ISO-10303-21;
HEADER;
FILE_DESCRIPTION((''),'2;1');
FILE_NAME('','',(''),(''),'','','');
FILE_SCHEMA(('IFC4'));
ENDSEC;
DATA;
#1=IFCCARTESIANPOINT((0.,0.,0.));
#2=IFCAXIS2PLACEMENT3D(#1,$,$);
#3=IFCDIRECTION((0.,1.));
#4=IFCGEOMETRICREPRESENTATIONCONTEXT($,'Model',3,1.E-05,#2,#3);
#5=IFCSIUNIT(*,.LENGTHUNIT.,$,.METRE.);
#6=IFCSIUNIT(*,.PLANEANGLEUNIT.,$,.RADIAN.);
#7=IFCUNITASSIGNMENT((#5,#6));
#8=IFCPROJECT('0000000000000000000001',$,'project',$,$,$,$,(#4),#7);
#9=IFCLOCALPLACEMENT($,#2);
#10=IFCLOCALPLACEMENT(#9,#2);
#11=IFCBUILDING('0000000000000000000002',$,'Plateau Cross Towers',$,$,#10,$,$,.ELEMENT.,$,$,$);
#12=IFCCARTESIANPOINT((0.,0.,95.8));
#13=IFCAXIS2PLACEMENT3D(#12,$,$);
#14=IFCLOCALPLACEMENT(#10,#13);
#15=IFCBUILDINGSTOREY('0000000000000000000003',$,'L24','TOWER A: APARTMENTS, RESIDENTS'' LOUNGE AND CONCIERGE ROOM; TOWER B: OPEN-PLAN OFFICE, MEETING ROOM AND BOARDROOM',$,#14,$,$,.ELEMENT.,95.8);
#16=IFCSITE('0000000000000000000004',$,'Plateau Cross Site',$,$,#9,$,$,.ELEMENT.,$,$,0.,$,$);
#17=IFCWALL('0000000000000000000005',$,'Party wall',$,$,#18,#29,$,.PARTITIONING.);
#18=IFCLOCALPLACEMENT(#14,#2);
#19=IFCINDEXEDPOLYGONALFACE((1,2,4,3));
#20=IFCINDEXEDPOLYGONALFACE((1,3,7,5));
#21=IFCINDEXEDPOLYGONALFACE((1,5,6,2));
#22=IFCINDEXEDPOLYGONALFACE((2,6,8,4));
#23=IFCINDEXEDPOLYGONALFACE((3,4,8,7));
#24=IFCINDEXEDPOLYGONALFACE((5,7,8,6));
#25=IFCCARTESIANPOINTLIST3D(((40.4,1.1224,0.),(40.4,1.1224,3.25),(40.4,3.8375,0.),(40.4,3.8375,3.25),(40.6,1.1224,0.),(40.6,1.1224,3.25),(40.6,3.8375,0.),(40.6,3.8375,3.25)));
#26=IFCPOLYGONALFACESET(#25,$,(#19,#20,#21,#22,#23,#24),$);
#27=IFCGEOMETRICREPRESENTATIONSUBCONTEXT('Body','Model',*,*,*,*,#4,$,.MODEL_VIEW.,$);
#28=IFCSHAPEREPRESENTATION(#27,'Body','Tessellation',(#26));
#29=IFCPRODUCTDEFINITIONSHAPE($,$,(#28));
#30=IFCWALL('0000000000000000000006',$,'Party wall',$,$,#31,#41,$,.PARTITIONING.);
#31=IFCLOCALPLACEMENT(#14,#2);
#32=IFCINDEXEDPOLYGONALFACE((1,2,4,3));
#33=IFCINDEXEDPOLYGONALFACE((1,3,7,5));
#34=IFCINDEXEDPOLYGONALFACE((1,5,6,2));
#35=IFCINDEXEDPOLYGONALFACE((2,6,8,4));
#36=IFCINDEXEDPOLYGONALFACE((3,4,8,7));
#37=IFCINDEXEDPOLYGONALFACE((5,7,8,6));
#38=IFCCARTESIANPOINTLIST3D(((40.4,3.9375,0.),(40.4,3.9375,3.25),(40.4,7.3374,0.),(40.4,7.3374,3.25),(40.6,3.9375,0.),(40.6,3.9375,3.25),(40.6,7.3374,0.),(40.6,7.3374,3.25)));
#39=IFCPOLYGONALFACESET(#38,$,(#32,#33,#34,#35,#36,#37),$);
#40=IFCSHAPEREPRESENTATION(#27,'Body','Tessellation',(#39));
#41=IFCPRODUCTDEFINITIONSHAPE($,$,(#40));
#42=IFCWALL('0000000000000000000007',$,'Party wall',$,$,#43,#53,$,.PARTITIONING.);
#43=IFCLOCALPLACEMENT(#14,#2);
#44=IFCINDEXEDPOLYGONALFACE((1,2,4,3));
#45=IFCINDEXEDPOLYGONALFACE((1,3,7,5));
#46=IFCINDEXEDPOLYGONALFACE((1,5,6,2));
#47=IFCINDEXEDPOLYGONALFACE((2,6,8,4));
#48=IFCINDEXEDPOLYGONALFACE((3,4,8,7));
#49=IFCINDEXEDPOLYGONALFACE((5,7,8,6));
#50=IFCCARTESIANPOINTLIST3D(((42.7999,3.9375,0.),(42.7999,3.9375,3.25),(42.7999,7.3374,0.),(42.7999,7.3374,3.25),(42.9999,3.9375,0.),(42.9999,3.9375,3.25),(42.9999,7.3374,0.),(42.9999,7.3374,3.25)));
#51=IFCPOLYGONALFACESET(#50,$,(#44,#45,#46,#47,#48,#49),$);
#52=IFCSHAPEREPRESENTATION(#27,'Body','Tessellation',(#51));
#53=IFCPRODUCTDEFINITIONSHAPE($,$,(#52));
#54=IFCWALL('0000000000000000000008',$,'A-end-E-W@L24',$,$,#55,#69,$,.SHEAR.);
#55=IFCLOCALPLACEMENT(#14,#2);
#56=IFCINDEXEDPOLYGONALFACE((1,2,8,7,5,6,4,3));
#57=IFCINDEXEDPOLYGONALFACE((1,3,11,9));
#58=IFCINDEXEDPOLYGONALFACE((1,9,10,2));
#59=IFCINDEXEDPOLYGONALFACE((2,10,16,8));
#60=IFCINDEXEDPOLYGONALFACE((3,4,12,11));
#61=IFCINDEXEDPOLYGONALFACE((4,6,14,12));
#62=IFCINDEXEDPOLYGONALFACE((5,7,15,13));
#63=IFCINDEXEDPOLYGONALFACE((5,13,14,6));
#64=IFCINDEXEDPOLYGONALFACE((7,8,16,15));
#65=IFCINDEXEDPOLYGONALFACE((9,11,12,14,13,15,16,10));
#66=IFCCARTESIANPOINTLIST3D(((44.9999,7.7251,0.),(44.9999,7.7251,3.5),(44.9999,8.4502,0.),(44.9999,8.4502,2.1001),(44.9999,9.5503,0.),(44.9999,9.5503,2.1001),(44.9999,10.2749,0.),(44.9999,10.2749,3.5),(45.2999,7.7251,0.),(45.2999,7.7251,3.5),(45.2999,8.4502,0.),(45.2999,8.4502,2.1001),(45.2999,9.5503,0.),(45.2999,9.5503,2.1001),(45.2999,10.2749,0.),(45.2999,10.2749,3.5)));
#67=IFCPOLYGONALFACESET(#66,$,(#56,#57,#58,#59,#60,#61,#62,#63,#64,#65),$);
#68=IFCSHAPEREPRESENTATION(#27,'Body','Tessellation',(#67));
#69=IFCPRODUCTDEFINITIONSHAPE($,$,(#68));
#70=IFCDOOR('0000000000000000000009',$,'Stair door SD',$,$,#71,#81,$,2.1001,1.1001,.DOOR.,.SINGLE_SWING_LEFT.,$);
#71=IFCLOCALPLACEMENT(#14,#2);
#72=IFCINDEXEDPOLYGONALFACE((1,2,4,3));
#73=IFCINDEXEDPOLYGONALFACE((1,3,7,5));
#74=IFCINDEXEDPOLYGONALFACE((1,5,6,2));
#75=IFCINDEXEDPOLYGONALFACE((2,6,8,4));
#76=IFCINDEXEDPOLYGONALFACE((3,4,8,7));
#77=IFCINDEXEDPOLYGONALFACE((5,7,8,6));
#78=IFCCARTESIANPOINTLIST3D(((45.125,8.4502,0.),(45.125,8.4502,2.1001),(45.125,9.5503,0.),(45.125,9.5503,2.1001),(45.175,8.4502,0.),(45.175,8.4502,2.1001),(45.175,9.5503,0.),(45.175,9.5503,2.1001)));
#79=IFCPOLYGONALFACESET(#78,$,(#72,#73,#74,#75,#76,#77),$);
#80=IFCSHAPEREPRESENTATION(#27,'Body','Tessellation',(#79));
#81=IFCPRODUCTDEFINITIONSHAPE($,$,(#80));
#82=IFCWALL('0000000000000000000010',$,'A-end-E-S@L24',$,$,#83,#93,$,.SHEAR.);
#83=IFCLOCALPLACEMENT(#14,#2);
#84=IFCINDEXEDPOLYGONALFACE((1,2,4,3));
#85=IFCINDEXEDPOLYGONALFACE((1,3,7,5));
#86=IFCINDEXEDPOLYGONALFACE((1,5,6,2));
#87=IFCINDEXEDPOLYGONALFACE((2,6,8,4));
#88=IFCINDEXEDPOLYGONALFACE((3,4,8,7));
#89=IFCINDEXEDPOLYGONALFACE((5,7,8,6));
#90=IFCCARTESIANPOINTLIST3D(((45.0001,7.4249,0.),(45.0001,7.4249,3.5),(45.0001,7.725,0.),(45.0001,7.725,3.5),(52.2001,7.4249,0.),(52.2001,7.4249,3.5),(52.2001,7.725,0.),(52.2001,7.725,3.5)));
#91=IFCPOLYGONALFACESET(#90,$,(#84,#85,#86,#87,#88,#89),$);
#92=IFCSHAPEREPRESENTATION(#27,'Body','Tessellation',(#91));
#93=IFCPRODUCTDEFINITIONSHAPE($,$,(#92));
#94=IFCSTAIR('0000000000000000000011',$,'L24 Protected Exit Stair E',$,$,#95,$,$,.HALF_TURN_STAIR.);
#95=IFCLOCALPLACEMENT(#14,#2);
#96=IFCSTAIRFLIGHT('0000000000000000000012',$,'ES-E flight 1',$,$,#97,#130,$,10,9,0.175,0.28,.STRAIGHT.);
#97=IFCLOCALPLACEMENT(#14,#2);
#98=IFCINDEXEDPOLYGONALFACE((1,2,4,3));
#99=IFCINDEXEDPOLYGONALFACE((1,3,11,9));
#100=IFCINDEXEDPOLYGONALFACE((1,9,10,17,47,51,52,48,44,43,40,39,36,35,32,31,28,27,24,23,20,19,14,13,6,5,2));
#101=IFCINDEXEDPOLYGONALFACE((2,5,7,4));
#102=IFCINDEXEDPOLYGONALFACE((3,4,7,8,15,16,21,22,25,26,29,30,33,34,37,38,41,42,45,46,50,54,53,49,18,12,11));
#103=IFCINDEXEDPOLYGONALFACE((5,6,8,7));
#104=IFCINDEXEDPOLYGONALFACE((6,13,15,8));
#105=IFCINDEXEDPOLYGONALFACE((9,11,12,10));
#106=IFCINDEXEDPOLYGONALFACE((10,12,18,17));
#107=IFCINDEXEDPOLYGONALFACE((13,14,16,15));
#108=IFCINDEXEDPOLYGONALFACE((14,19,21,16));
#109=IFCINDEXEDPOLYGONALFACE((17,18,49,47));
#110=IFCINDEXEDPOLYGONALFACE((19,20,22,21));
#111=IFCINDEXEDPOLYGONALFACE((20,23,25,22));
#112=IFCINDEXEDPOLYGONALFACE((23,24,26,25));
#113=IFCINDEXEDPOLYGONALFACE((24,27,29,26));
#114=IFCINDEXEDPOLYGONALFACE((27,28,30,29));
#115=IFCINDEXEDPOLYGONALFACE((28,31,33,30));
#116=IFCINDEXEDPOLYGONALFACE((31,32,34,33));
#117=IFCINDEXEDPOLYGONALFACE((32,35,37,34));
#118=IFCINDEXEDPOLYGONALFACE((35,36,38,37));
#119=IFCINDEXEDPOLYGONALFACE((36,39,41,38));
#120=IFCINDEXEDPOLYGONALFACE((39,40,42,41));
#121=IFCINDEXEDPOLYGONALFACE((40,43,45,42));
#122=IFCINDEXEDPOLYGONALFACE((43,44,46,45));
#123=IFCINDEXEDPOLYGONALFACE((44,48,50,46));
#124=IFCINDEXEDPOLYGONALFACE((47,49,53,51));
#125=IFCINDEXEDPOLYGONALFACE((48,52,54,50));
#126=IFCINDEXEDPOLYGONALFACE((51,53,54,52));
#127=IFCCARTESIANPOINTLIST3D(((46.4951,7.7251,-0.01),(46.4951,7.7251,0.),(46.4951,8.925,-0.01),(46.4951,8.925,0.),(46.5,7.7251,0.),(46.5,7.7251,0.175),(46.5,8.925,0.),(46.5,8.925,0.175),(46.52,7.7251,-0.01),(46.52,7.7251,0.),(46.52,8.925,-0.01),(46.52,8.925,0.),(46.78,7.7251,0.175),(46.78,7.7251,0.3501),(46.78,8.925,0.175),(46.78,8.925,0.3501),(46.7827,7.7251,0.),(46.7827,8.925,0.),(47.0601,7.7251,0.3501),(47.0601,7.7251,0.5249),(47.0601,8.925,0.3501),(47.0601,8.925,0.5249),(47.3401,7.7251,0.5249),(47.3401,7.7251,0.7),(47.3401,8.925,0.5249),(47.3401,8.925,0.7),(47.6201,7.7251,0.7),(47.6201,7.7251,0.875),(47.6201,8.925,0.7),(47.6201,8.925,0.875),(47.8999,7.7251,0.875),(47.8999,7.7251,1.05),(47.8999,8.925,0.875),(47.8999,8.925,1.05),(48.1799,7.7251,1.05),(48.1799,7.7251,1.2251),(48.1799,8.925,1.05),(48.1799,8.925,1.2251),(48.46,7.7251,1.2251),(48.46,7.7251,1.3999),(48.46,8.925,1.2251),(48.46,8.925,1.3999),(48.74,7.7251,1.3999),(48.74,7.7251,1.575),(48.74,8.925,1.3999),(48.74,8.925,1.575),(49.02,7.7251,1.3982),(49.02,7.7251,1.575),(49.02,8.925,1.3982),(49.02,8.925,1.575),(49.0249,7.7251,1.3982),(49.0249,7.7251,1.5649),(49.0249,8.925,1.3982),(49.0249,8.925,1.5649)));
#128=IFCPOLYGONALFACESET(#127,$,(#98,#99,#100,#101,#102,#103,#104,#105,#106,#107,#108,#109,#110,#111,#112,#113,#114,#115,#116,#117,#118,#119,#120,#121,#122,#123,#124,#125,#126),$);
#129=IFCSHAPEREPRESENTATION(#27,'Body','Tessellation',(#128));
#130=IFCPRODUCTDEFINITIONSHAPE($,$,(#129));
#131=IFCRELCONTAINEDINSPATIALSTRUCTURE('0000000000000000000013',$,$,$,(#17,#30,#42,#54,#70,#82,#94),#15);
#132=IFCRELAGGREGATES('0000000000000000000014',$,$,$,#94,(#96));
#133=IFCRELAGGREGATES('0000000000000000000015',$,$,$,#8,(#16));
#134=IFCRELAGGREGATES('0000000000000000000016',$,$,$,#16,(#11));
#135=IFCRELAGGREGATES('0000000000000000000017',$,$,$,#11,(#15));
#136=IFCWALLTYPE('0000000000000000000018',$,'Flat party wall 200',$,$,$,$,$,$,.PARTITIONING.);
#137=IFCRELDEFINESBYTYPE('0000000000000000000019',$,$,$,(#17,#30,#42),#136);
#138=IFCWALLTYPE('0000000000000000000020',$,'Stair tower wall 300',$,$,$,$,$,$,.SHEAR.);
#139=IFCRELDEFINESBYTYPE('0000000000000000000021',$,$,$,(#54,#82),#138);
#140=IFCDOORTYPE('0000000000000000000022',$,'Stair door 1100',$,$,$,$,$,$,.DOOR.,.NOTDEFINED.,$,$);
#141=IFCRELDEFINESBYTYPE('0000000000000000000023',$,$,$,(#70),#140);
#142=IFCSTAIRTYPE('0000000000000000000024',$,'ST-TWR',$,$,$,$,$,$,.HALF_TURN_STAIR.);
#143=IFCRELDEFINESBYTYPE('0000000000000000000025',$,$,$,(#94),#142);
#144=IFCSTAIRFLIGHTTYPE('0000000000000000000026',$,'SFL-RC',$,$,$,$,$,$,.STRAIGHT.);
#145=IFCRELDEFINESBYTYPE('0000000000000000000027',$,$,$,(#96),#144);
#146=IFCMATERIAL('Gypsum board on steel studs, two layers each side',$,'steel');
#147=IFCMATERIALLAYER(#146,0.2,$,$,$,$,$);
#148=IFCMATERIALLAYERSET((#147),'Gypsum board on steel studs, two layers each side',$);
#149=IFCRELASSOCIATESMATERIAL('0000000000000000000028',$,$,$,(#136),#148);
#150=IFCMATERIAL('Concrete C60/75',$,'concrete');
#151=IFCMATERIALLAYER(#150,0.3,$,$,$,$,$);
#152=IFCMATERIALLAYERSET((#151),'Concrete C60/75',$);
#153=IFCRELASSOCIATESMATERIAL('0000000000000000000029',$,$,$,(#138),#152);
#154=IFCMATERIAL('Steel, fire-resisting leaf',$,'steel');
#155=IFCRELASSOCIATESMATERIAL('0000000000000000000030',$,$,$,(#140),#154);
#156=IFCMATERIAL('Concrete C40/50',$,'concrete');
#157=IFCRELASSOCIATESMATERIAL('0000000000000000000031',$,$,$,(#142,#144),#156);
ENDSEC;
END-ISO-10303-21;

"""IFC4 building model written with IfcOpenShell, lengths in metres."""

from ifc_helpers import new_model, si_unit, direction, frame, frame_2d, origin, place, context, subcontext, project, spatial, polyline, rectangle, outline, extrude, material, layer, layer_set, type_object, element, fill, aggregate, save


model = new_model("IFC4")

# Units and contexts
model_context = context("Model", 3, precision=1e-05, world=origin(), true_north=direction((0.0, 1.0)))
body_context = subcontext(model_context, "Body", "Model", "MODEL_VIEW")
ifc_project = project(units=[si_unit("LENGTHUNIT", "METRE"), si_unit("PLANEANGLEUNIT", "RADIAN")], contexts=[model_context])

# Site, building, storey
site_placement = place(None, origin())
site = spatial("IfcSite", under=ifc_project, at=site_placement, Name="Plateau Cross Site", CompositionType="ELEMENT", RefElevation=0.0)
building_placement = place(site_placement, origin())
building = spatial("IfcBuilding", under=site, at=building_placement, Name="Plateau Cross Towers", CompositionType="ELEMENT")
storey_placement = place(building_placement, frame((0.0, 0.0, 95.8)))
storey = spatial("IfcBuildingStorey", under=building, at=storey_placement, Name="L24", Description="TOWER A: APARTMENTS, RESIDENTS' LOUNGE AND CONCIERGE ROOM; TOWER B: OPEN-PLAN OFFICE, MEETING ROOM AND BOARDROOM", CompositionType="ELEMENT", Elevation=95.8)

# Shared definitions
ifc_material_1 = material(Name="Concrete C60/75", Category="concrete")

# Walls
ifc_material_2 = material(Name="Gypsum board on steel studs, two layers each side", Category="steel")
ifc_layer_1 = layer(ifc_material_2, 0.2)
ifc_layer_set_1 = layer_set([ifc_layer_1], Name="Gypsum board on steel studs, two layers each side")
wall_type_1 = type_object("IfcWallType", Name="Flat party wall 200", PredefinedType="PARTITIONING", material=ifc_layer_set_1)
wall_1_placement = place(storey_placement, frame((40.5, 3.8374, 0.0), z_axis=(0.0, 0.0, 1.0), x_axis=(0.0, -1.0, 0.0)))
element("IfcWall", 1, at=wall_1_placement, inside=storey, type_object=wall_type_1, Name="Party wall", PredefinedType="PARTITIONING", context=body_context, shape_type="SweptSolid", body=[
    extrude(rectangle(XDim=2.7151, YDim=0.2, at=frame_2d((1.3574, 0.0))), origin(), (0.0, 0.0, 1.0), 3.25),
])
for number, where, z_axis, x_axis, name in (
    (2, (40.5, 3.9375, 0.0), (0.0, 0.0, 1.0), (0.0, 1.0, 0.0), "Party wall"),
    (3, (42.8999, 3.9375, 0.0), (0.0, 0.0, 1.0), (0.0, 1.0, 0.0), "Party wall"),
):
    element("IfcWall", number, at=place(storey_placement, frame(where, z_axis=z_axis, x_axis=x_axis)), inside=storey, type_object=wall_type_1, Name=name, PredefinedType="PARTITIONING", context=body_context, shape_type="SweptSolid", body=[
        extrude(rectangle(XDim=3.3999, YDim=0.2, at=frame_2d((1.7, 0.0))), origin(), (0.0, 0.0, 1.0), 3.25),
    ])

# Wall, opening, door
ifc_layer_2 = layer(ifc_material_1, 0.3)
ifc_layer_set_2 = layer_set([ifc_layer_2], Name="Concrete C60/75")
wall_type_2 = type_object("IfcWallType", Name="Stair tower wall 300", PredefinedType="SHEAR", material=ifc_layer_set_2)
wall_2_placement = place(storey_placement, frame((45.1499, 7.7251, 0.0), z_axis=(0.0, 0.0, 1.0), x_axis=(0.0, 1.0, 0.0)))
wall_2 = element("IfcWall", 4, at=wall_2_placement, inside=storey, type_object=wall_type_2, Name="A-end-E-W@L24", PredefinedType="SHEAR", context=body_context, shape_type="SweptSolid", body=[
    extrude(rectangle(XDim=2.5498, YDim=0.3, at=frame_2d((1.2749, 0.0))), origin(), (0.0, 0.0, 1.0), 3.5),
])
opening_1_placement = place(wall_2_placement, frame((0.7251, 0.0, 0.0)))
opening_1 = element("IfcOpeningElement", 5, at=opening_1_placement, cuts=wall_2, PredefinedType="OPENING", context=body_context, shape_type="SweptSolid", body=[
    extrude(rectangle(XDim=1.1001, YDim=2.1001, at=frame_2d((0.55, 1.05))), frame((0.0, 0.1599, 0.0), z_axis=(0.0, -1.0, 0.0), x_axis=(1.0, 0.0, 0.0)), (0.0, 0.0, 1.0), 0.3201),
])
ifc_material_3 = material(Name="Steel, fire-resisting leaf", Category="steel")
door_type_1 = type_object("IfcDoorType", Name="Stair door 1100", OperationType="NOTDEFINED", PredefinedType="DOOR", material=ifc_material_3)
door_1_placement = place(opening_1_placement, origin())
door_1 = element("IfcDoor", 6, at=door_1_placement, inside=storey, type_object=door_type_1, Name="Stair door SD", OperationType="SINGLE_SWING_LEFT", OverallHeight=2.1001, OverallWidth=1.1001, PredefinedType="DOOR", context=body_context, shape_type="SweptSolid", body=[
    extrude(rectangle(XDim=1.1001, YDim=2.1001, at=frame_2d((0.55, 1.05))), frame((0.0, 0.0249, 0.0), z_axis=(0.0, -1.0, 0.0), x_axis=(1.0, 0.0, 0.0)), (0.0, 0.0, 1.0), 0.05),
])
fill(opening_1, door_1)

# Wall
wall_3_placement = place(storey_placement, frame((45.0, 7.575, 0.0), z_axis=(0.0, 0.0, 1.0), x_axis=(1.0, 0.0, 0.0)))
element("IfcWall", 7, at=wall_3_placement, inside=storey, type_object=wall_type_2, Name="A-end-E-S@L24", PredefinedType="SHEAR", context=body_context, shape_type="SweptSolid", body=[
    extrude(rectangle(XDim=7.2, YDim=0.3, at=frame_2d((3.6001, 0.0))), origin(), (0.0, 0.0, 1.0), 3.5),
])

# Stair, stair flight
ifc_material_4 = material(Name="Concrete C40/50", Category="concrete")
stair_type = type_object("IfcStairType", Name="ST-TWR", PredefinedType="HALF_TURN_STAIR", material=ifc_material_4)
stair_placement = place(storey_placement, origin())
stair = element("IfcStair", 8, at=stair_placement, inside=storey, type_object=stair_type, Name="L24 Protected Exit Stair E", PredefinedType="HALF_TURN_STAIR")
stair_flight_type = type_object("IfcStairFlightType", Name="SFL-RC", PredefinedType="STRAIGHT", material=ifc_material_4)
stair_flight_placement = place(storey_placement, frame((46.5, 8.325, 0.0), z_axis=(0.0, 0.0, 1.0), x_axis=(1.0, 0.0, 0.0)))
stair_flight = element("IfcStairFlight", 9, at=stair_flight_placement, type_object=stair_flight_type, Name="ES-E flight 1", NumberOfRisers=10, NumberOfTreads=9, PredefinedType="STRAIGHT", RiserHeight=0.175, TreadLength=0.28, context=body_context, shape_type="SweptSolid", body=[
    extrude(outline(polyline([(-0.0049, -0.01), (-0.0049, 0.0), (0.0, 0.0), (0.0, 0.175), (0.28, 0.175), (0.28, 0.3501), (0.5601, 0.3501), (0.5601, 0.5249), (0.8401, 0.5249), (0.8401, 0.7), (1.1201, 0.7), (1.1201, 0.875), (1.3999, 0.875), (1.3999, 1.05), (1.6799, 1.05), (1.6799, 1.2251), (1.96, 1.2251), (1.96, 1.3999), (2.24, 1.3999), (2.24, 1.575), (2.52, 1.575), (2.5249, 1.5649), (2.5249, 1.3982), (2.52, 1.3982), (0.2827, 0.0), (0.02, 0.0), (0.02, -0.01), (-0.0049, -0.01)])), frame((0.0, 0.6001, 0.0), z_axis=(0.0, -1.0, 0.0), x_axis=(1.0, 0.0, 0.0)), (0.0, 0.0, 1.0), 1.2),
])
aggregate(stair, [stair_flight])

save(model, "model.ifc")
